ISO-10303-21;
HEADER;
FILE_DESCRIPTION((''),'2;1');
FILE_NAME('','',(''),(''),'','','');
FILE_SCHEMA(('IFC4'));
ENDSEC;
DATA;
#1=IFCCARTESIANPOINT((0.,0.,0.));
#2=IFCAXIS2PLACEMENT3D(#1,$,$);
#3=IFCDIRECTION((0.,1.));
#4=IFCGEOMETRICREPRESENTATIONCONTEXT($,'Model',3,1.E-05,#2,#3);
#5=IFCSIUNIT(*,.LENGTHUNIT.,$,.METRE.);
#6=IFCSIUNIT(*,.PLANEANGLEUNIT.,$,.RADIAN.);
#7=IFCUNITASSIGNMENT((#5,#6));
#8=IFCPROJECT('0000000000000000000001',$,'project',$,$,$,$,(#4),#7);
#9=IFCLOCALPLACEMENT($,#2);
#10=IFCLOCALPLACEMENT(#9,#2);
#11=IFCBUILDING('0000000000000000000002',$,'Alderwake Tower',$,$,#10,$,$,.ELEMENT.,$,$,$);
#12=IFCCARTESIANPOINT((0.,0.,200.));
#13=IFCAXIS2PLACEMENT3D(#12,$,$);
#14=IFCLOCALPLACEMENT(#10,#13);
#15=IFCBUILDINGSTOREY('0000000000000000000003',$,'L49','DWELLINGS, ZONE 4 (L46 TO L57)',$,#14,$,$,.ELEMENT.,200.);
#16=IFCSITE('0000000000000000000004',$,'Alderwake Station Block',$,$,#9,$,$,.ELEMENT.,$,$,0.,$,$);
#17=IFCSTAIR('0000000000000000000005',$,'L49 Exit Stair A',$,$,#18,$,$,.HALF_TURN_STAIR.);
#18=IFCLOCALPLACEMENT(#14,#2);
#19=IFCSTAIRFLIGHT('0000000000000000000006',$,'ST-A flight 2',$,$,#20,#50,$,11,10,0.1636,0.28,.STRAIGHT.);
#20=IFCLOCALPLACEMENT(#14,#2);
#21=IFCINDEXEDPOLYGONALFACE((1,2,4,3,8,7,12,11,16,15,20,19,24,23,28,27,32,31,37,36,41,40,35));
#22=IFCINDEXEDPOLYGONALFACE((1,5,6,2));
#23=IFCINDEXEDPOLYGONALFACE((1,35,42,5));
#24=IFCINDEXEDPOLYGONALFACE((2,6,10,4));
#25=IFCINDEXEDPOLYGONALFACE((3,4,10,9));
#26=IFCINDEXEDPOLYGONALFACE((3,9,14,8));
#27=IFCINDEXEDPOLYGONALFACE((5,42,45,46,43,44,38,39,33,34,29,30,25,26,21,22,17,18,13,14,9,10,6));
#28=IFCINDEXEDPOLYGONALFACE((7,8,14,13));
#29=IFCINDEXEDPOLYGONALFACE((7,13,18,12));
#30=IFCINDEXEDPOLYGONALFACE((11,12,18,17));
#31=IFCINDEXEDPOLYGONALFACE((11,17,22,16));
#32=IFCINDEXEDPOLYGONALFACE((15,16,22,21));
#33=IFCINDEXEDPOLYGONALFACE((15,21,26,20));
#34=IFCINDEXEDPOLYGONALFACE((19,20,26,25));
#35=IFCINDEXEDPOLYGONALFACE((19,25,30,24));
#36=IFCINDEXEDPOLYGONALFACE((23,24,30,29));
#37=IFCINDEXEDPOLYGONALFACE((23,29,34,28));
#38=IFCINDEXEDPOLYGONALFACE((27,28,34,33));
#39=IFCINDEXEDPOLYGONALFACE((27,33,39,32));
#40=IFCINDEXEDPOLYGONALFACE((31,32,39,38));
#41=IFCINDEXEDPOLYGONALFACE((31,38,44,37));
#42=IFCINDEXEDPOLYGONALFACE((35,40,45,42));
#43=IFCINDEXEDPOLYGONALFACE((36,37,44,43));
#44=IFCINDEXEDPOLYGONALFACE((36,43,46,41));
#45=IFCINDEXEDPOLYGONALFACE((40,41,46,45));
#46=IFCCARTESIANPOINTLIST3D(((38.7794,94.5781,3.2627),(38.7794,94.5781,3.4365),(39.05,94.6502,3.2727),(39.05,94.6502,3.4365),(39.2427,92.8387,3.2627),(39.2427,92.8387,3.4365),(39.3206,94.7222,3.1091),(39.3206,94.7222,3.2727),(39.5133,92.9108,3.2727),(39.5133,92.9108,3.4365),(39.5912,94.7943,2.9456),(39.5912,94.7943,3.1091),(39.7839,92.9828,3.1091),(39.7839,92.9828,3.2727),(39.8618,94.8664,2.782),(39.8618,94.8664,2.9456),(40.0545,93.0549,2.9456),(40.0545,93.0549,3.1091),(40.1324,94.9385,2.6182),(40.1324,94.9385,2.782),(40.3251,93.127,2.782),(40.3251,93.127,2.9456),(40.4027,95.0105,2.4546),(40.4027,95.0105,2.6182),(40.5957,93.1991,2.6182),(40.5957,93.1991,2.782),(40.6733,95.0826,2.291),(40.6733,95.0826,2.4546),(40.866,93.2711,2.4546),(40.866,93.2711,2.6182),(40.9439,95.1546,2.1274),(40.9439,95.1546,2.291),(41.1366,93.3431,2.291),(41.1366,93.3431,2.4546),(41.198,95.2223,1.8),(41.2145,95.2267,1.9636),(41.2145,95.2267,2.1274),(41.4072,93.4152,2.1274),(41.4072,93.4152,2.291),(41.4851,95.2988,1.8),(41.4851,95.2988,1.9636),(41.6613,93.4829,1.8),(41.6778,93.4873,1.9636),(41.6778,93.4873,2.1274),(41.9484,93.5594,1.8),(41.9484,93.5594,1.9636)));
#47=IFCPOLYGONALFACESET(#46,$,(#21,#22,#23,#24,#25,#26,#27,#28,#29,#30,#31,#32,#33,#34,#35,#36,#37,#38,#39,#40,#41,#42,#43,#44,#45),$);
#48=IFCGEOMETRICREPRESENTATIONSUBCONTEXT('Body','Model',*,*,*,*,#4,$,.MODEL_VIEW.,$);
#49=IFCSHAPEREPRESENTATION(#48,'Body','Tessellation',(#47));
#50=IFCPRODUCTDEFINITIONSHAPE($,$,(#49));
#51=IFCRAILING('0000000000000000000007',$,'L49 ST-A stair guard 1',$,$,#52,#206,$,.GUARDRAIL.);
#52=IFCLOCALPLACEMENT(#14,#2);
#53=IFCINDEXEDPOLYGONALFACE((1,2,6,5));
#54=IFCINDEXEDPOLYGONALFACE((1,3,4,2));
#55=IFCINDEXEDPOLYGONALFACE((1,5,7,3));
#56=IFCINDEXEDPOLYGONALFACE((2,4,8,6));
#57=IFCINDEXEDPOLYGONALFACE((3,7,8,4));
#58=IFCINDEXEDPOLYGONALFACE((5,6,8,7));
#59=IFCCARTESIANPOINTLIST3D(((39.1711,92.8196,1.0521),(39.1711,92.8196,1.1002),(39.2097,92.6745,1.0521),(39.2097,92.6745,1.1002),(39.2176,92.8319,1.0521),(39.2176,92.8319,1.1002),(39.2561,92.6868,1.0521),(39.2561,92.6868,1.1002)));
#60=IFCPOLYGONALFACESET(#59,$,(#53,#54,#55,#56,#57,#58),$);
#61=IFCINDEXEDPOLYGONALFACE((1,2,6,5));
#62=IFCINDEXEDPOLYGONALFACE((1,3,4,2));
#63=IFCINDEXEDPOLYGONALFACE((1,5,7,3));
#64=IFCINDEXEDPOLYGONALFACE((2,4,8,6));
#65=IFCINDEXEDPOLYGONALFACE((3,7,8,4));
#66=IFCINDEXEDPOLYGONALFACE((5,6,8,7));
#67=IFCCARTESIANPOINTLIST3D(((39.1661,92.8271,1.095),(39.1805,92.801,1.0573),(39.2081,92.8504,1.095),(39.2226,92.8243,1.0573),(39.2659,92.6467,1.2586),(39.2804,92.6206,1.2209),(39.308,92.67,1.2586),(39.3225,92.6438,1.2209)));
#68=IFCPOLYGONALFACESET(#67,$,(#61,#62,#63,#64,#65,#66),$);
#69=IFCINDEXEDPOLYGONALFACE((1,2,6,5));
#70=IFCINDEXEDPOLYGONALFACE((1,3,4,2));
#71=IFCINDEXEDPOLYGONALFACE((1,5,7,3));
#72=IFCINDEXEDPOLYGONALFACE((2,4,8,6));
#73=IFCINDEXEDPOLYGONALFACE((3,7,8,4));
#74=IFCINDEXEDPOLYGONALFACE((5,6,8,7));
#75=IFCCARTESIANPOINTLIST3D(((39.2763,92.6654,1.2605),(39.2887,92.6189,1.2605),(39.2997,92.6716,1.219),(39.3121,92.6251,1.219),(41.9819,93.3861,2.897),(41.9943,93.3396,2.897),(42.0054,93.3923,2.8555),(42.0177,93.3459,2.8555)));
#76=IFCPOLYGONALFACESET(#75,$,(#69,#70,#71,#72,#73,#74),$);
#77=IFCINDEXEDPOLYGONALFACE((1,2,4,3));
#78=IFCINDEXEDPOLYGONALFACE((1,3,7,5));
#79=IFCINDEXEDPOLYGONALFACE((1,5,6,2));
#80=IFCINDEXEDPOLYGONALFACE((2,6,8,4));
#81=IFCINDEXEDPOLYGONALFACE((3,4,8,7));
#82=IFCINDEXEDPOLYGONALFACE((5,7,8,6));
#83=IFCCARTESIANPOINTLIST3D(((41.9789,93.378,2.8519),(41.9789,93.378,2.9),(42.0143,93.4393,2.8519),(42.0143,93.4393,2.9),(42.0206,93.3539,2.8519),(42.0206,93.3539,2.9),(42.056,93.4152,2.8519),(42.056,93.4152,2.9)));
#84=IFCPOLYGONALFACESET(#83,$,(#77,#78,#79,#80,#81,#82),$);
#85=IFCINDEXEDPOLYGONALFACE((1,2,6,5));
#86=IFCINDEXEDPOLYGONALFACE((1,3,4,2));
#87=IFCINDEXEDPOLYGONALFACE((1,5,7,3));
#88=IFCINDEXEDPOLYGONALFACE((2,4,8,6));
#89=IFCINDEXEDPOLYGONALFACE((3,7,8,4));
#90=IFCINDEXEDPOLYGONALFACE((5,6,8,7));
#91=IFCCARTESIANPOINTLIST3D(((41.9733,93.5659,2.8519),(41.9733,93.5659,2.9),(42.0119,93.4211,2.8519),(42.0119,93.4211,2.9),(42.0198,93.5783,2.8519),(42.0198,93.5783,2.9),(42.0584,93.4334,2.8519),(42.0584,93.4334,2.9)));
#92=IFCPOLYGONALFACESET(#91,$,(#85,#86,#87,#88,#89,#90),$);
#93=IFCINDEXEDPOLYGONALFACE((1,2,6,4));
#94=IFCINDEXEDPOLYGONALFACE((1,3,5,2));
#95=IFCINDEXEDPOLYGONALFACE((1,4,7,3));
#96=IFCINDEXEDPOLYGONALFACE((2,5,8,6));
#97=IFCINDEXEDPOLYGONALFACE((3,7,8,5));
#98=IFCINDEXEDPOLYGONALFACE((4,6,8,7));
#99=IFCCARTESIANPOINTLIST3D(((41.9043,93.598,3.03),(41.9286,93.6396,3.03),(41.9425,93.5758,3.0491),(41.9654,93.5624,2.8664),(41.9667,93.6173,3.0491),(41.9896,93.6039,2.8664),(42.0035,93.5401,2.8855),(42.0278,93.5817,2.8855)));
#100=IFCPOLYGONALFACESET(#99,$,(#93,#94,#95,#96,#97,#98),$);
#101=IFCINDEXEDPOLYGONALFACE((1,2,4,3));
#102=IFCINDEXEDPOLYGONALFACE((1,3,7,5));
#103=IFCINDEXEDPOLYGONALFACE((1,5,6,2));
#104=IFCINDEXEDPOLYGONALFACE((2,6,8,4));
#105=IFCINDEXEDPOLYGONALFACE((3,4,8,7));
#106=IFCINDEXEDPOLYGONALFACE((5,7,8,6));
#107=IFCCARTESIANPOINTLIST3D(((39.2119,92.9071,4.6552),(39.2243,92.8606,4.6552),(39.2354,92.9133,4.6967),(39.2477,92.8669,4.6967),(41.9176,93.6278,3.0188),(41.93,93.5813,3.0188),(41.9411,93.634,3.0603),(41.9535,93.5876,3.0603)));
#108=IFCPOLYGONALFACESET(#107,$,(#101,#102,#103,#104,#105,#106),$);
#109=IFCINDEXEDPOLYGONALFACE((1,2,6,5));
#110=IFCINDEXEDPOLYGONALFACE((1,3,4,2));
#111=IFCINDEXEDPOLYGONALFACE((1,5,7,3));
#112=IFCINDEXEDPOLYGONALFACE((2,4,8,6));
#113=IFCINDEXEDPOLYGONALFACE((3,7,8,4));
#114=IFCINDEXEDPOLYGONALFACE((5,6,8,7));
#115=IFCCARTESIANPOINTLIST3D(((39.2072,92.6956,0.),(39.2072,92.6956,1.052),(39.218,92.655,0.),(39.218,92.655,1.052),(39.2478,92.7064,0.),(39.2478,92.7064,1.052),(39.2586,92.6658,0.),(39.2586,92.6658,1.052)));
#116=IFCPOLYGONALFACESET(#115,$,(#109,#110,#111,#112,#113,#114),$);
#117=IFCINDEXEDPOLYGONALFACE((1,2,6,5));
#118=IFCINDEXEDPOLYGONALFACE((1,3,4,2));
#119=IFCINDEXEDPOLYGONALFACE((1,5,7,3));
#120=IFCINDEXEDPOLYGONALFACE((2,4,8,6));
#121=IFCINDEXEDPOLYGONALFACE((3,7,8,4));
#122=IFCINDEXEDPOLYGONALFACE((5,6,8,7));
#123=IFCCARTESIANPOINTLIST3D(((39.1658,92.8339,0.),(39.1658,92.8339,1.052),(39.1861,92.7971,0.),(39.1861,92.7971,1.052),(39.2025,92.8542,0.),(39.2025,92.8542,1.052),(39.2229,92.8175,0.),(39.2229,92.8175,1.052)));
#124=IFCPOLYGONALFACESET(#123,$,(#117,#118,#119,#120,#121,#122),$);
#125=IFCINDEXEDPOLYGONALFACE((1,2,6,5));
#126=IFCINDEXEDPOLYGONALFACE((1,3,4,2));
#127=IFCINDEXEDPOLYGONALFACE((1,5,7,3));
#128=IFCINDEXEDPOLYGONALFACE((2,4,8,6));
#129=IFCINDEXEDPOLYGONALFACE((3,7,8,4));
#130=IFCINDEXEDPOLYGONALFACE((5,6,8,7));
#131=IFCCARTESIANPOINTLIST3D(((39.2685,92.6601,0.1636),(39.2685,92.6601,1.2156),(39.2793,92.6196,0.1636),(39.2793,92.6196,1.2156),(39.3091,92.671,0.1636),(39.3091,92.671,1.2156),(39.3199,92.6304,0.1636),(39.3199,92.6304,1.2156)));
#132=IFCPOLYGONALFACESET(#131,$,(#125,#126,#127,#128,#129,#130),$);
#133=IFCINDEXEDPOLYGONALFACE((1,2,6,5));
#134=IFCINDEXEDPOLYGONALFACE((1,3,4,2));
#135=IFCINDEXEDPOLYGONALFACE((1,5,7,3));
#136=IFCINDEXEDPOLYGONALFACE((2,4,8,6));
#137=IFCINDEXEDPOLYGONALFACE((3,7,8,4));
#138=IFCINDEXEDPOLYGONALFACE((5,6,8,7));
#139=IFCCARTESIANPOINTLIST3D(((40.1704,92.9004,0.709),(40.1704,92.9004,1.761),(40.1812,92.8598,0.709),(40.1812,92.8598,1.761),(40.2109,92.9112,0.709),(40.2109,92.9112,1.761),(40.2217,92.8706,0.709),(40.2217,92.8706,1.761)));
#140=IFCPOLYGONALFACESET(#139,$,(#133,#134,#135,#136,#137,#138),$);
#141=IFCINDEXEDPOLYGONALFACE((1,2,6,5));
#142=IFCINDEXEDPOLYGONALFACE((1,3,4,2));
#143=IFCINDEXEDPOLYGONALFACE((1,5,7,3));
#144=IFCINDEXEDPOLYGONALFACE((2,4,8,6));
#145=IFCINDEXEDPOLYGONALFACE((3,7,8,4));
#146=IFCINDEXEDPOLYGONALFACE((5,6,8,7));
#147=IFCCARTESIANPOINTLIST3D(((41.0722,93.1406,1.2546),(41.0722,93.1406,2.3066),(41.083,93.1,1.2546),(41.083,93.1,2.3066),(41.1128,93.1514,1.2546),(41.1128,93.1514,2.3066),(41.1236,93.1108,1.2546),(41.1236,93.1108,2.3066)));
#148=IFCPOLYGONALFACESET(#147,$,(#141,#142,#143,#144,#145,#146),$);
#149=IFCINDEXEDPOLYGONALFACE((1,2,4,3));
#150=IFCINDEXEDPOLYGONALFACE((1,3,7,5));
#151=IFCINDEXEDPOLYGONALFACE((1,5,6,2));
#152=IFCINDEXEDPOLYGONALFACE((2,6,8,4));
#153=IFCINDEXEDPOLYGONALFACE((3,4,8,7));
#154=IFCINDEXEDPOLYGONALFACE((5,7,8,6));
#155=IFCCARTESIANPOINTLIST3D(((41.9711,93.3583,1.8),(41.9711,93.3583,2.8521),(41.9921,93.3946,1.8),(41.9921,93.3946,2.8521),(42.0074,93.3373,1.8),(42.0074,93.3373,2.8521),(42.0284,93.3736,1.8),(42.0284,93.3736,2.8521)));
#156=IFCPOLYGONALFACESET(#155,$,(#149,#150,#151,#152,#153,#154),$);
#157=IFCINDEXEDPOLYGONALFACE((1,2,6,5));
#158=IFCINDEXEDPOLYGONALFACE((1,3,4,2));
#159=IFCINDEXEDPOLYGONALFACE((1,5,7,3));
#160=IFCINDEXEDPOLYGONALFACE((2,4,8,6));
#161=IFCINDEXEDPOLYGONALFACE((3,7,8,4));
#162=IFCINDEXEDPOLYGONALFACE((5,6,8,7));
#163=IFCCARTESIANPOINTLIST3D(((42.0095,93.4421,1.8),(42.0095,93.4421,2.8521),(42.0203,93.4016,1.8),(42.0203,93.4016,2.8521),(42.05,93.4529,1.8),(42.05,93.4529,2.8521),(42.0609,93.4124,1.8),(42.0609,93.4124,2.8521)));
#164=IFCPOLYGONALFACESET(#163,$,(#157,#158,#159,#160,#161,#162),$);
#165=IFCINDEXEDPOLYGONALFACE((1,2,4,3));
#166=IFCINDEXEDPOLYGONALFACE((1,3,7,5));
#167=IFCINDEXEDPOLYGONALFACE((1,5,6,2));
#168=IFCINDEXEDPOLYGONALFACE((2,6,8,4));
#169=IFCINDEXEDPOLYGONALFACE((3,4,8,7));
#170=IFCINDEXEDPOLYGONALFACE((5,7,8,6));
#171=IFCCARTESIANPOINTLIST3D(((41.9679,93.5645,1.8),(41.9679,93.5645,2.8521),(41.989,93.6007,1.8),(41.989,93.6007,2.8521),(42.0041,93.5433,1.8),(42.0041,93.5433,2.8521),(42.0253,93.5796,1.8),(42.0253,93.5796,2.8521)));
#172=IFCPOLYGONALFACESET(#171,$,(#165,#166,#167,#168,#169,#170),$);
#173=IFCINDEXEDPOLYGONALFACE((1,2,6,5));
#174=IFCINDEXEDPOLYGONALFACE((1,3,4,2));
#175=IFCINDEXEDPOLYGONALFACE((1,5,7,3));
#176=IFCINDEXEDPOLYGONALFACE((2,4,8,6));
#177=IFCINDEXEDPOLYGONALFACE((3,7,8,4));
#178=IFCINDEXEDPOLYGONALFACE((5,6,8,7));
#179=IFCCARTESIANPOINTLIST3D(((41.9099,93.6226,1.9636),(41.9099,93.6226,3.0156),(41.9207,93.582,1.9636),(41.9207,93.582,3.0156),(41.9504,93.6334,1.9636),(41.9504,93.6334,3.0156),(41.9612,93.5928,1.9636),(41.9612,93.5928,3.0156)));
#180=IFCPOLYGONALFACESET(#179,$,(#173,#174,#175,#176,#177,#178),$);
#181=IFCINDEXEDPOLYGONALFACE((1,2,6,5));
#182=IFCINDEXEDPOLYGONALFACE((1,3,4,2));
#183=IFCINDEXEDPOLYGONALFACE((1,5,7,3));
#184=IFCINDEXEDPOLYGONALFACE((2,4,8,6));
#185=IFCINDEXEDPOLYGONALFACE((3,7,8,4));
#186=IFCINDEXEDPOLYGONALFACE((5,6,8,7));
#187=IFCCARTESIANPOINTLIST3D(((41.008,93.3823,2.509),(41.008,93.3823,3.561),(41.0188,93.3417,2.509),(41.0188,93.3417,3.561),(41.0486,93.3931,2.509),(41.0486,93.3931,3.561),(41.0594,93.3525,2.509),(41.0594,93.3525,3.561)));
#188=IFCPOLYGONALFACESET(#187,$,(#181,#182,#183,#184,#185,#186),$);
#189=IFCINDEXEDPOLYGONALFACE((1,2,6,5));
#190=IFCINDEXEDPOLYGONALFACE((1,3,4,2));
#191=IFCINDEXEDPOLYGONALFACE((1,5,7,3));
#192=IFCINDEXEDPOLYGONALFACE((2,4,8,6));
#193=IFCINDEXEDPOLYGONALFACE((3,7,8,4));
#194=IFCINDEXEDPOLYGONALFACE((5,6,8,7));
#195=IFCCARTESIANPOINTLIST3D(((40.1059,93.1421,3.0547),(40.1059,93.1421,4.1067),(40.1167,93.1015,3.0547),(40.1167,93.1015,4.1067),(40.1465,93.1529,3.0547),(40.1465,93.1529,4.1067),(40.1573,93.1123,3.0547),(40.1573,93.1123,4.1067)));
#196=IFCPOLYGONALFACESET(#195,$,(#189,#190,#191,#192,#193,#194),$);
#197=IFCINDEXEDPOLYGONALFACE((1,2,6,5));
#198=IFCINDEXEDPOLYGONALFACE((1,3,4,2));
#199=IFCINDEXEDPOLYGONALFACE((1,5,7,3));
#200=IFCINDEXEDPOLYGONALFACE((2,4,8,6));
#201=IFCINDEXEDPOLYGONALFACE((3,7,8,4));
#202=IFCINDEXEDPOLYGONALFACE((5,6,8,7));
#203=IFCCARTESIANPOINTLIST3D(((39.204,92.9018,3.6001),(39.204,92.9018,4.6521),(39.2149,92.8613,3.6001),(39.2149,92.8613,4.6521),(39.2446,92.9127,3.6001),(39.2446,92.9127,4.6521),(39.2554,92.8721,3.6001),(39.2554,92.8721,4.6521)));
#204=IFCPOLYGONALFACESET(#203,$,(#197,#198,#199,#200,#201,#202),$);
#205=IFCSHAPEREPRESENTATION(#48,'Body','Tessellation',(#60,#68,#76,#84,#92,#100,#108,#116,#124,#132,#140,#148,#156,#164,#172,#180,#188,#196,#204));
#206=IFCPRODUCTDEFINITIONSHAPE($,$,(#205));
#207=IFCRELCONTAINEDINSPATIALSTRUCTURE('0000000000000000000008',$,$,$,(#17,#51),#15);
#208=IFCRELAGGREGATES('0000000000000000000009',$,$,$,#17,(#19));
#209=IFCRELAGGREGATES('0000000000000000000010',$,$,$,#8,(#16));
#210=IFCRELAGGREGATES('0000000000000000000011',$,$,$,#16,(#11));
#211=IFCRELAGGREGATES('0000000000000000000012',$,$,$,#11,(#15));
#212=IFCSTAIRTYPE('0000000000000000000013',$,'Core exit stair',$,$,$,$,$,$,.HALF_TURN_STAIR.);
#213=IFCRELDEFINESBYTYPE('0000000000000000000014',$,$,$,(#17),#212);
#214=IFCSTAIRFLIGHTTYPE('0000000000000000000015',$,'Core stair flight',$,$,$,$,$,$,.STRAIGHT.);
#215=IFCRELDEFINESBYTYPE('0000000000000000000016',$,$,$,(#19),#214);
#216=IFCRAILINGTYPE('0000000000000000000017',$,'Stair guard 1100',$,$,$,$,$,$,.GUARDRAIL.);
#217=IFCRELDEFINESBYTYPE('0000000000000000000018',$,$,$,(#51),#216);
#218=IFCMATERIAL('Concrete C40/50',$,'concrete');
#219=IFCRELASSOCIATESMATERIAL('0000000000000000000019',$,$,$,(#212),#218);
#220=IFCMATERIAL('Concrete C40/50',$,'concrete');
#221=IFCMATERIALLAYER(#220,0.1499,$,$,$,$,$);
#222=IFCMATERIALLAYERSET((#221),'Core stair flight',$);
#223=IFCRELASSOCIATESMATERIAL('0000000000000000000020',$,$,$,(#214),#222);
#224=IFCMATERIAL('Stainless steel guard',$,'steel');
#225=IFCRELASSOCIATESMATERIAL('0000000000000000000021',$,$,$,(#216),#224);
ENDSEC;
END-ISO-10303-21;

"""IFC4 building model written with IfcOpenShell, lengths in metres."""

from ifc_helpers import new_model, si_unit, direction, frame, origin, origin_2d, place, context, subcontext, project, spatial, polyline, rectangle, outline, extrude, material, layer, layer_set, type_object, element, aggregate, save


model = new_model("IFC4")

# Units and contexts
model_context = context("Model", 3, precision=1e-05, world=origin(), true_north=direction((0.0, 1.0)))
body_context = subcontext(model_context, "Body", "Model", "MODEL_VIEW")
ifc_project = project(units=[si_unit("LENGTHUNIT", "METRE"), si_unit("PLANEANGLEUNIT", "RADIAN")], contexts=[model_context])

# Site, building, storey
site_placement = place(None, origin())
site = spatial("IfcSite", under=ifc_project, at=site_placement, Name="Alderwake Station Block", CompositionType="ELEMENT", RefElevation=0.0)
building_placement = place(site_placement, origin())
building = spatial("IfcBuilding", under=site, at=building_placement, Name="Alderwake Tower", CompositionType="ELEMENT")
storey_placement = place(building_placement, frame((0.0, 0.0, 200.0)))
storey = spatial("IfcBuildingStorey", under=building, at=storey_placement, Name="L49", Description="DWELLINGS, ZONE 4 (L46 TO L57)", CompositionType="ELEMENT", Elevation=200.0)

# Stair, stair flight
ifc_material_1 = material(Name="Concrete C40/50", Category="concrete")
stair_type = type_object("IfcStairType", Name="Core exit stair", PredefinedType="HALF_TURN_STAIR", material=ifc_material_1)
stair_placement = place(storey_placement, origin())
stair = element("IfcStair", 1, at=stair_placement, inside=storey, type_object=stair_type, Name="L49 Exit Stair A", PredefinedType="HALF_TURN_STAIR")
ifc_material_2 = material(Name="Concrete C40/50", Category="concrete")
ifc_layer_1 = layer(ifc_material_2, 0.1499)
ifc_layer_set_1 = layer_set([ifc_layer_1], Name="Core stair flight")
stair_flight_type = type_object("IfcStairFlightType", Name="Core stair flight", PredefinedType="STRAIGHT", material=ifc_layer_set_1)
stair_flight_1_placement = place(storey_placement, frame((41.7168, 94.429, 1.8), z_axis=(0.0, 0.0, 1.0), x_axis=(-0.96631, -0.257382, 0.0)))
stair_flight_1 = element("IfcStairFlight", 2, at=stair_flight_1_placement, type_object=stair_flight_type, Name="ST-A flight 2", NumberOfRisers=11, NumberOfTreads=10, PredefinedType="STRAIGHT", RiserHeight=0.1636, TreadLength=0.28, context=body_context, shape_type="SweptSolid", body=[
    extrude(outline(polyline([(0.0, 0.0), (0.0, 0.1636), (0.28, 0.1636), (0.28, 0.3274), (0.5601, 0.3274), (0.5601, 0.491), (0.8401, 0.491), (0.8401, 0.6545), (1.1201, 0.6545), (1.1201, 0.8181), (1.3999, 0.8181), (1.3999, 0.9819), (1.6799, 0.9819), (1.6799, 1.1455), (1.96, 1.1455), (1.96, 1.3091), (2.24, 1.3091), (2.24, 1.4727), (2.52, 1.4727), (2.52, 1.6365), (2.8, 1.6365), (2.8, 1.8), (2.8, 1.4626), (0.2971, 0.0), (0.0, 0.0)])), frame((0.0, 0.8999, 0.0), z_axis=(0.0, -1.0, 0.0), x_axis=(1.0, 0.0, 0.0)), (0.0, 0.0, 1.0), 1.8),
])
aggregate(stair, [stair_flight_1])

# Railing
ifc_material_3 = material(Name="Stainless steel guard", Category="steel")
railing_type_1 = type_object("IfcRailingType", Name="Stair guard 1100", PredefinedType="GUARDRAIL", material=ifc_material_3)
railing_1_placement = place(storey_placement, frame((39.2329, 92.6807, 0.0)))
element("IfcRailing", 3, at=railing_1_placement, inside=storey, type_object=railing_type_1, Name="L49 ST-A stair guard 1", PredefinedType="GUARDRAIL", context=body_context, shape_type="SweptSolid", body=[
    extrude(rectangle(XDim=0.0481, YDim=0.0481, at=origin_2d()), frame((0.0, 0.0, 1.0762), z_axis=(-0.257055, 0.966397, 0.0), x_axis=(-0.966397, -0.257055, 0.0)), (0.0, 0.0, 1.0), 0.1501),
    extrude(rectangle(XDim=0.0481, YDim=0.0481, at=origin_2d()), frame((-0.0386, 0.145, 1.0762), z_axis=(0.379371, -0.685464, 0.621463), x_axis=(0.874938, 0.484235, 0.0)), (0.0, 0.0, 1.0), 0.2632),
    extrude(rectangle(XDim=0.0481, YDim=0.0481, at=origin_2d()), frame((0.0613, -0.0354, 1.2397), z_axis=(0.834259, 0.222228, 0.504605), x_axis=(-0.257402, 0.966304, 0.0)), (0.0, 0.0, 1.0), 3.2432),
    extrude(rectangle(XDim=0.0481, YDim=0.0481, at=origin_2d()), frame((2.7668, 0.6853, 2.876), z_axis=(0.50022, 0.865898, 0.0), x_axis=(-0.865898, 0.50022, 0.0)), (0.0, 0.0, 1.0), 0.0708),
    extrude(rectangle(XDim=0.0481, YDim=0.0481, at=origin_2d()), frame((2.8022, 0.7466, 2.876), z_axis=(-0.25746, 0.966289, 0.0), x_axis=(-0.966289, -0.25746, 0.0)), (0.0, 0.0, 1.0), 0.1499),
    extrude(rectangle(XDim=0.0481, YDim=0.0481, at=origin_2d()), frame((2.7637, 0.8914, 2.876), z_axis=(-0.342525, 0.200035, 0.917967), x_axis=(-0.5043, -0.863528, 0.0)), (0.0, 0.0, 1.0), 0.1782),
    extrude(rectangle(XDim=0.0481, YDim=0.0481, at=origin_2d()), frame((2.7026, 0.927, 3.0396), z_axis=(-0.834282, -0.222214, 0.504574), x_axis=(0.25738, -0.96631, 0.0)), (0.0, 0.0, 1.0), 3.2432),
    extrude(rectangle(XDim=0.042, YDim=0.042, at=origin_2d()), frame((0.0, 0.0, 0.0), z_axis=(0.0, 0.0, 1.0), x_axis=(-0.257055, 0.966397, 0.0)), (0.0, 0.0, 1.0), 1.052),
    extrude(rectangle(XDim=0.042, YDim=0.042, at=origin_2d()), frame((-0.0386, 0.145, 0.0), z_axis=(0.0, 0.0, 1.0), x_axis=(0.484235, -0.874938, 0.0)), (0.0, 0.0, 1.0), 1.052),
    extrude(rectangle(XDim=0.042, YDim=0.042, at=origin_2d()), frame((0.0613, -0.0354, 0.1636), z_axis=(0.0, 0.0, 1.0), x_axis=(0.966304, 0.257402, 0.0)), (0.0, 0.0, 1.0), 1.052),
    extrude(rectangle(XDim=0.042, YDim=0.042, at=origin_2d()), frame((0.9631, 0.2048, 0.709), z_axis=(0.0, 0.0, 1.0), x_axis=(0.966304, 0.257402, 0.0)), (0.0, 0.0, 1.0), 1.052),
    extrude(rectangle(XDim=0.042, YDim=0.042, at=origin_2d()), frame((1.865, 0.4451, 1.2546), z_axis=(0.0, 0.0, 1.0), x_axis=(0.966304, 0.257402, 0.0)), (0.0, 0.0, 1.0), 1.052),
    extrude(rectangle(XDim=0.042, YDim=0.042, at=origin_2d()), frame((2.7668, 0.6853, 1.8), z_axis=(0.0, 0.0, 1.0), x_axis=(0.50022, 0.865898, 0.0)), (0.0, 0.0, 1.0), 1.052),
    extrude(rectangle(XDim=0.042, YDim=0.042, at=origin_2d()), frame((2.8022, 0.7466, 1.8), z_axis=(0.0, 0.0, 1.0), x_axis=(-0.25746, 0.966289, 0.0)), (0.0, 0.0, 1.0), 1.052),
    extrude(rectangle(XDim=0.042, YDim=0.042, at=origin_2d()), frame((2.7637, 0.8914, 1.8), z_axis=(0.0, 0.0, 1.0), x_axis=(-0.863528, 0.5043, 0.0)), (0.0, 0.0, 1.0), 1.052),
    extrude(rectangle(XDim=0.042, YDim=0.042, at=origin_2d()), frame((2.7026, 0.927, 1.9636), z_axis=(0.0, 0.0, 1.0), x_axis=(-0.96631, -0.25738, 0.0)), (0.0, 0.0, 1.0), 1.052),
    extrude(rectangle(XDim=0.042, YDim=0.042, at=origin_2d()), frame((1.8008, 0.6868, 2.509), z_axis=(0.0, 0.0, 1.0), x_axis=(-0.96631, -0.25738, 0.0)), (0.0, 0.0, 1.0), 1.052),
    extrude(rectangle(XDim=0.042, YDim=0.042, at=origin_2d()), frame((0.8987, 0.4465, 3.0547), z_axis=(0.0, 0.0, 1.0), x_axis=(-0.96631, -0.25738, 0.0)), (0.0, 0.0, 1.0), 1.052),
    extrude(rectangle(XDim=0.042, YDim=0.042, at=origin_2d()), frame((-0.0032, 0.2063, 3.6001), z_axis=(0.0, 0.0, 1.0), x_axis=(-0.96631, -0.25738, 0.0)), (0.0, 0.0, 1.0), 1.052),
])

save(model, "model.ifc")
